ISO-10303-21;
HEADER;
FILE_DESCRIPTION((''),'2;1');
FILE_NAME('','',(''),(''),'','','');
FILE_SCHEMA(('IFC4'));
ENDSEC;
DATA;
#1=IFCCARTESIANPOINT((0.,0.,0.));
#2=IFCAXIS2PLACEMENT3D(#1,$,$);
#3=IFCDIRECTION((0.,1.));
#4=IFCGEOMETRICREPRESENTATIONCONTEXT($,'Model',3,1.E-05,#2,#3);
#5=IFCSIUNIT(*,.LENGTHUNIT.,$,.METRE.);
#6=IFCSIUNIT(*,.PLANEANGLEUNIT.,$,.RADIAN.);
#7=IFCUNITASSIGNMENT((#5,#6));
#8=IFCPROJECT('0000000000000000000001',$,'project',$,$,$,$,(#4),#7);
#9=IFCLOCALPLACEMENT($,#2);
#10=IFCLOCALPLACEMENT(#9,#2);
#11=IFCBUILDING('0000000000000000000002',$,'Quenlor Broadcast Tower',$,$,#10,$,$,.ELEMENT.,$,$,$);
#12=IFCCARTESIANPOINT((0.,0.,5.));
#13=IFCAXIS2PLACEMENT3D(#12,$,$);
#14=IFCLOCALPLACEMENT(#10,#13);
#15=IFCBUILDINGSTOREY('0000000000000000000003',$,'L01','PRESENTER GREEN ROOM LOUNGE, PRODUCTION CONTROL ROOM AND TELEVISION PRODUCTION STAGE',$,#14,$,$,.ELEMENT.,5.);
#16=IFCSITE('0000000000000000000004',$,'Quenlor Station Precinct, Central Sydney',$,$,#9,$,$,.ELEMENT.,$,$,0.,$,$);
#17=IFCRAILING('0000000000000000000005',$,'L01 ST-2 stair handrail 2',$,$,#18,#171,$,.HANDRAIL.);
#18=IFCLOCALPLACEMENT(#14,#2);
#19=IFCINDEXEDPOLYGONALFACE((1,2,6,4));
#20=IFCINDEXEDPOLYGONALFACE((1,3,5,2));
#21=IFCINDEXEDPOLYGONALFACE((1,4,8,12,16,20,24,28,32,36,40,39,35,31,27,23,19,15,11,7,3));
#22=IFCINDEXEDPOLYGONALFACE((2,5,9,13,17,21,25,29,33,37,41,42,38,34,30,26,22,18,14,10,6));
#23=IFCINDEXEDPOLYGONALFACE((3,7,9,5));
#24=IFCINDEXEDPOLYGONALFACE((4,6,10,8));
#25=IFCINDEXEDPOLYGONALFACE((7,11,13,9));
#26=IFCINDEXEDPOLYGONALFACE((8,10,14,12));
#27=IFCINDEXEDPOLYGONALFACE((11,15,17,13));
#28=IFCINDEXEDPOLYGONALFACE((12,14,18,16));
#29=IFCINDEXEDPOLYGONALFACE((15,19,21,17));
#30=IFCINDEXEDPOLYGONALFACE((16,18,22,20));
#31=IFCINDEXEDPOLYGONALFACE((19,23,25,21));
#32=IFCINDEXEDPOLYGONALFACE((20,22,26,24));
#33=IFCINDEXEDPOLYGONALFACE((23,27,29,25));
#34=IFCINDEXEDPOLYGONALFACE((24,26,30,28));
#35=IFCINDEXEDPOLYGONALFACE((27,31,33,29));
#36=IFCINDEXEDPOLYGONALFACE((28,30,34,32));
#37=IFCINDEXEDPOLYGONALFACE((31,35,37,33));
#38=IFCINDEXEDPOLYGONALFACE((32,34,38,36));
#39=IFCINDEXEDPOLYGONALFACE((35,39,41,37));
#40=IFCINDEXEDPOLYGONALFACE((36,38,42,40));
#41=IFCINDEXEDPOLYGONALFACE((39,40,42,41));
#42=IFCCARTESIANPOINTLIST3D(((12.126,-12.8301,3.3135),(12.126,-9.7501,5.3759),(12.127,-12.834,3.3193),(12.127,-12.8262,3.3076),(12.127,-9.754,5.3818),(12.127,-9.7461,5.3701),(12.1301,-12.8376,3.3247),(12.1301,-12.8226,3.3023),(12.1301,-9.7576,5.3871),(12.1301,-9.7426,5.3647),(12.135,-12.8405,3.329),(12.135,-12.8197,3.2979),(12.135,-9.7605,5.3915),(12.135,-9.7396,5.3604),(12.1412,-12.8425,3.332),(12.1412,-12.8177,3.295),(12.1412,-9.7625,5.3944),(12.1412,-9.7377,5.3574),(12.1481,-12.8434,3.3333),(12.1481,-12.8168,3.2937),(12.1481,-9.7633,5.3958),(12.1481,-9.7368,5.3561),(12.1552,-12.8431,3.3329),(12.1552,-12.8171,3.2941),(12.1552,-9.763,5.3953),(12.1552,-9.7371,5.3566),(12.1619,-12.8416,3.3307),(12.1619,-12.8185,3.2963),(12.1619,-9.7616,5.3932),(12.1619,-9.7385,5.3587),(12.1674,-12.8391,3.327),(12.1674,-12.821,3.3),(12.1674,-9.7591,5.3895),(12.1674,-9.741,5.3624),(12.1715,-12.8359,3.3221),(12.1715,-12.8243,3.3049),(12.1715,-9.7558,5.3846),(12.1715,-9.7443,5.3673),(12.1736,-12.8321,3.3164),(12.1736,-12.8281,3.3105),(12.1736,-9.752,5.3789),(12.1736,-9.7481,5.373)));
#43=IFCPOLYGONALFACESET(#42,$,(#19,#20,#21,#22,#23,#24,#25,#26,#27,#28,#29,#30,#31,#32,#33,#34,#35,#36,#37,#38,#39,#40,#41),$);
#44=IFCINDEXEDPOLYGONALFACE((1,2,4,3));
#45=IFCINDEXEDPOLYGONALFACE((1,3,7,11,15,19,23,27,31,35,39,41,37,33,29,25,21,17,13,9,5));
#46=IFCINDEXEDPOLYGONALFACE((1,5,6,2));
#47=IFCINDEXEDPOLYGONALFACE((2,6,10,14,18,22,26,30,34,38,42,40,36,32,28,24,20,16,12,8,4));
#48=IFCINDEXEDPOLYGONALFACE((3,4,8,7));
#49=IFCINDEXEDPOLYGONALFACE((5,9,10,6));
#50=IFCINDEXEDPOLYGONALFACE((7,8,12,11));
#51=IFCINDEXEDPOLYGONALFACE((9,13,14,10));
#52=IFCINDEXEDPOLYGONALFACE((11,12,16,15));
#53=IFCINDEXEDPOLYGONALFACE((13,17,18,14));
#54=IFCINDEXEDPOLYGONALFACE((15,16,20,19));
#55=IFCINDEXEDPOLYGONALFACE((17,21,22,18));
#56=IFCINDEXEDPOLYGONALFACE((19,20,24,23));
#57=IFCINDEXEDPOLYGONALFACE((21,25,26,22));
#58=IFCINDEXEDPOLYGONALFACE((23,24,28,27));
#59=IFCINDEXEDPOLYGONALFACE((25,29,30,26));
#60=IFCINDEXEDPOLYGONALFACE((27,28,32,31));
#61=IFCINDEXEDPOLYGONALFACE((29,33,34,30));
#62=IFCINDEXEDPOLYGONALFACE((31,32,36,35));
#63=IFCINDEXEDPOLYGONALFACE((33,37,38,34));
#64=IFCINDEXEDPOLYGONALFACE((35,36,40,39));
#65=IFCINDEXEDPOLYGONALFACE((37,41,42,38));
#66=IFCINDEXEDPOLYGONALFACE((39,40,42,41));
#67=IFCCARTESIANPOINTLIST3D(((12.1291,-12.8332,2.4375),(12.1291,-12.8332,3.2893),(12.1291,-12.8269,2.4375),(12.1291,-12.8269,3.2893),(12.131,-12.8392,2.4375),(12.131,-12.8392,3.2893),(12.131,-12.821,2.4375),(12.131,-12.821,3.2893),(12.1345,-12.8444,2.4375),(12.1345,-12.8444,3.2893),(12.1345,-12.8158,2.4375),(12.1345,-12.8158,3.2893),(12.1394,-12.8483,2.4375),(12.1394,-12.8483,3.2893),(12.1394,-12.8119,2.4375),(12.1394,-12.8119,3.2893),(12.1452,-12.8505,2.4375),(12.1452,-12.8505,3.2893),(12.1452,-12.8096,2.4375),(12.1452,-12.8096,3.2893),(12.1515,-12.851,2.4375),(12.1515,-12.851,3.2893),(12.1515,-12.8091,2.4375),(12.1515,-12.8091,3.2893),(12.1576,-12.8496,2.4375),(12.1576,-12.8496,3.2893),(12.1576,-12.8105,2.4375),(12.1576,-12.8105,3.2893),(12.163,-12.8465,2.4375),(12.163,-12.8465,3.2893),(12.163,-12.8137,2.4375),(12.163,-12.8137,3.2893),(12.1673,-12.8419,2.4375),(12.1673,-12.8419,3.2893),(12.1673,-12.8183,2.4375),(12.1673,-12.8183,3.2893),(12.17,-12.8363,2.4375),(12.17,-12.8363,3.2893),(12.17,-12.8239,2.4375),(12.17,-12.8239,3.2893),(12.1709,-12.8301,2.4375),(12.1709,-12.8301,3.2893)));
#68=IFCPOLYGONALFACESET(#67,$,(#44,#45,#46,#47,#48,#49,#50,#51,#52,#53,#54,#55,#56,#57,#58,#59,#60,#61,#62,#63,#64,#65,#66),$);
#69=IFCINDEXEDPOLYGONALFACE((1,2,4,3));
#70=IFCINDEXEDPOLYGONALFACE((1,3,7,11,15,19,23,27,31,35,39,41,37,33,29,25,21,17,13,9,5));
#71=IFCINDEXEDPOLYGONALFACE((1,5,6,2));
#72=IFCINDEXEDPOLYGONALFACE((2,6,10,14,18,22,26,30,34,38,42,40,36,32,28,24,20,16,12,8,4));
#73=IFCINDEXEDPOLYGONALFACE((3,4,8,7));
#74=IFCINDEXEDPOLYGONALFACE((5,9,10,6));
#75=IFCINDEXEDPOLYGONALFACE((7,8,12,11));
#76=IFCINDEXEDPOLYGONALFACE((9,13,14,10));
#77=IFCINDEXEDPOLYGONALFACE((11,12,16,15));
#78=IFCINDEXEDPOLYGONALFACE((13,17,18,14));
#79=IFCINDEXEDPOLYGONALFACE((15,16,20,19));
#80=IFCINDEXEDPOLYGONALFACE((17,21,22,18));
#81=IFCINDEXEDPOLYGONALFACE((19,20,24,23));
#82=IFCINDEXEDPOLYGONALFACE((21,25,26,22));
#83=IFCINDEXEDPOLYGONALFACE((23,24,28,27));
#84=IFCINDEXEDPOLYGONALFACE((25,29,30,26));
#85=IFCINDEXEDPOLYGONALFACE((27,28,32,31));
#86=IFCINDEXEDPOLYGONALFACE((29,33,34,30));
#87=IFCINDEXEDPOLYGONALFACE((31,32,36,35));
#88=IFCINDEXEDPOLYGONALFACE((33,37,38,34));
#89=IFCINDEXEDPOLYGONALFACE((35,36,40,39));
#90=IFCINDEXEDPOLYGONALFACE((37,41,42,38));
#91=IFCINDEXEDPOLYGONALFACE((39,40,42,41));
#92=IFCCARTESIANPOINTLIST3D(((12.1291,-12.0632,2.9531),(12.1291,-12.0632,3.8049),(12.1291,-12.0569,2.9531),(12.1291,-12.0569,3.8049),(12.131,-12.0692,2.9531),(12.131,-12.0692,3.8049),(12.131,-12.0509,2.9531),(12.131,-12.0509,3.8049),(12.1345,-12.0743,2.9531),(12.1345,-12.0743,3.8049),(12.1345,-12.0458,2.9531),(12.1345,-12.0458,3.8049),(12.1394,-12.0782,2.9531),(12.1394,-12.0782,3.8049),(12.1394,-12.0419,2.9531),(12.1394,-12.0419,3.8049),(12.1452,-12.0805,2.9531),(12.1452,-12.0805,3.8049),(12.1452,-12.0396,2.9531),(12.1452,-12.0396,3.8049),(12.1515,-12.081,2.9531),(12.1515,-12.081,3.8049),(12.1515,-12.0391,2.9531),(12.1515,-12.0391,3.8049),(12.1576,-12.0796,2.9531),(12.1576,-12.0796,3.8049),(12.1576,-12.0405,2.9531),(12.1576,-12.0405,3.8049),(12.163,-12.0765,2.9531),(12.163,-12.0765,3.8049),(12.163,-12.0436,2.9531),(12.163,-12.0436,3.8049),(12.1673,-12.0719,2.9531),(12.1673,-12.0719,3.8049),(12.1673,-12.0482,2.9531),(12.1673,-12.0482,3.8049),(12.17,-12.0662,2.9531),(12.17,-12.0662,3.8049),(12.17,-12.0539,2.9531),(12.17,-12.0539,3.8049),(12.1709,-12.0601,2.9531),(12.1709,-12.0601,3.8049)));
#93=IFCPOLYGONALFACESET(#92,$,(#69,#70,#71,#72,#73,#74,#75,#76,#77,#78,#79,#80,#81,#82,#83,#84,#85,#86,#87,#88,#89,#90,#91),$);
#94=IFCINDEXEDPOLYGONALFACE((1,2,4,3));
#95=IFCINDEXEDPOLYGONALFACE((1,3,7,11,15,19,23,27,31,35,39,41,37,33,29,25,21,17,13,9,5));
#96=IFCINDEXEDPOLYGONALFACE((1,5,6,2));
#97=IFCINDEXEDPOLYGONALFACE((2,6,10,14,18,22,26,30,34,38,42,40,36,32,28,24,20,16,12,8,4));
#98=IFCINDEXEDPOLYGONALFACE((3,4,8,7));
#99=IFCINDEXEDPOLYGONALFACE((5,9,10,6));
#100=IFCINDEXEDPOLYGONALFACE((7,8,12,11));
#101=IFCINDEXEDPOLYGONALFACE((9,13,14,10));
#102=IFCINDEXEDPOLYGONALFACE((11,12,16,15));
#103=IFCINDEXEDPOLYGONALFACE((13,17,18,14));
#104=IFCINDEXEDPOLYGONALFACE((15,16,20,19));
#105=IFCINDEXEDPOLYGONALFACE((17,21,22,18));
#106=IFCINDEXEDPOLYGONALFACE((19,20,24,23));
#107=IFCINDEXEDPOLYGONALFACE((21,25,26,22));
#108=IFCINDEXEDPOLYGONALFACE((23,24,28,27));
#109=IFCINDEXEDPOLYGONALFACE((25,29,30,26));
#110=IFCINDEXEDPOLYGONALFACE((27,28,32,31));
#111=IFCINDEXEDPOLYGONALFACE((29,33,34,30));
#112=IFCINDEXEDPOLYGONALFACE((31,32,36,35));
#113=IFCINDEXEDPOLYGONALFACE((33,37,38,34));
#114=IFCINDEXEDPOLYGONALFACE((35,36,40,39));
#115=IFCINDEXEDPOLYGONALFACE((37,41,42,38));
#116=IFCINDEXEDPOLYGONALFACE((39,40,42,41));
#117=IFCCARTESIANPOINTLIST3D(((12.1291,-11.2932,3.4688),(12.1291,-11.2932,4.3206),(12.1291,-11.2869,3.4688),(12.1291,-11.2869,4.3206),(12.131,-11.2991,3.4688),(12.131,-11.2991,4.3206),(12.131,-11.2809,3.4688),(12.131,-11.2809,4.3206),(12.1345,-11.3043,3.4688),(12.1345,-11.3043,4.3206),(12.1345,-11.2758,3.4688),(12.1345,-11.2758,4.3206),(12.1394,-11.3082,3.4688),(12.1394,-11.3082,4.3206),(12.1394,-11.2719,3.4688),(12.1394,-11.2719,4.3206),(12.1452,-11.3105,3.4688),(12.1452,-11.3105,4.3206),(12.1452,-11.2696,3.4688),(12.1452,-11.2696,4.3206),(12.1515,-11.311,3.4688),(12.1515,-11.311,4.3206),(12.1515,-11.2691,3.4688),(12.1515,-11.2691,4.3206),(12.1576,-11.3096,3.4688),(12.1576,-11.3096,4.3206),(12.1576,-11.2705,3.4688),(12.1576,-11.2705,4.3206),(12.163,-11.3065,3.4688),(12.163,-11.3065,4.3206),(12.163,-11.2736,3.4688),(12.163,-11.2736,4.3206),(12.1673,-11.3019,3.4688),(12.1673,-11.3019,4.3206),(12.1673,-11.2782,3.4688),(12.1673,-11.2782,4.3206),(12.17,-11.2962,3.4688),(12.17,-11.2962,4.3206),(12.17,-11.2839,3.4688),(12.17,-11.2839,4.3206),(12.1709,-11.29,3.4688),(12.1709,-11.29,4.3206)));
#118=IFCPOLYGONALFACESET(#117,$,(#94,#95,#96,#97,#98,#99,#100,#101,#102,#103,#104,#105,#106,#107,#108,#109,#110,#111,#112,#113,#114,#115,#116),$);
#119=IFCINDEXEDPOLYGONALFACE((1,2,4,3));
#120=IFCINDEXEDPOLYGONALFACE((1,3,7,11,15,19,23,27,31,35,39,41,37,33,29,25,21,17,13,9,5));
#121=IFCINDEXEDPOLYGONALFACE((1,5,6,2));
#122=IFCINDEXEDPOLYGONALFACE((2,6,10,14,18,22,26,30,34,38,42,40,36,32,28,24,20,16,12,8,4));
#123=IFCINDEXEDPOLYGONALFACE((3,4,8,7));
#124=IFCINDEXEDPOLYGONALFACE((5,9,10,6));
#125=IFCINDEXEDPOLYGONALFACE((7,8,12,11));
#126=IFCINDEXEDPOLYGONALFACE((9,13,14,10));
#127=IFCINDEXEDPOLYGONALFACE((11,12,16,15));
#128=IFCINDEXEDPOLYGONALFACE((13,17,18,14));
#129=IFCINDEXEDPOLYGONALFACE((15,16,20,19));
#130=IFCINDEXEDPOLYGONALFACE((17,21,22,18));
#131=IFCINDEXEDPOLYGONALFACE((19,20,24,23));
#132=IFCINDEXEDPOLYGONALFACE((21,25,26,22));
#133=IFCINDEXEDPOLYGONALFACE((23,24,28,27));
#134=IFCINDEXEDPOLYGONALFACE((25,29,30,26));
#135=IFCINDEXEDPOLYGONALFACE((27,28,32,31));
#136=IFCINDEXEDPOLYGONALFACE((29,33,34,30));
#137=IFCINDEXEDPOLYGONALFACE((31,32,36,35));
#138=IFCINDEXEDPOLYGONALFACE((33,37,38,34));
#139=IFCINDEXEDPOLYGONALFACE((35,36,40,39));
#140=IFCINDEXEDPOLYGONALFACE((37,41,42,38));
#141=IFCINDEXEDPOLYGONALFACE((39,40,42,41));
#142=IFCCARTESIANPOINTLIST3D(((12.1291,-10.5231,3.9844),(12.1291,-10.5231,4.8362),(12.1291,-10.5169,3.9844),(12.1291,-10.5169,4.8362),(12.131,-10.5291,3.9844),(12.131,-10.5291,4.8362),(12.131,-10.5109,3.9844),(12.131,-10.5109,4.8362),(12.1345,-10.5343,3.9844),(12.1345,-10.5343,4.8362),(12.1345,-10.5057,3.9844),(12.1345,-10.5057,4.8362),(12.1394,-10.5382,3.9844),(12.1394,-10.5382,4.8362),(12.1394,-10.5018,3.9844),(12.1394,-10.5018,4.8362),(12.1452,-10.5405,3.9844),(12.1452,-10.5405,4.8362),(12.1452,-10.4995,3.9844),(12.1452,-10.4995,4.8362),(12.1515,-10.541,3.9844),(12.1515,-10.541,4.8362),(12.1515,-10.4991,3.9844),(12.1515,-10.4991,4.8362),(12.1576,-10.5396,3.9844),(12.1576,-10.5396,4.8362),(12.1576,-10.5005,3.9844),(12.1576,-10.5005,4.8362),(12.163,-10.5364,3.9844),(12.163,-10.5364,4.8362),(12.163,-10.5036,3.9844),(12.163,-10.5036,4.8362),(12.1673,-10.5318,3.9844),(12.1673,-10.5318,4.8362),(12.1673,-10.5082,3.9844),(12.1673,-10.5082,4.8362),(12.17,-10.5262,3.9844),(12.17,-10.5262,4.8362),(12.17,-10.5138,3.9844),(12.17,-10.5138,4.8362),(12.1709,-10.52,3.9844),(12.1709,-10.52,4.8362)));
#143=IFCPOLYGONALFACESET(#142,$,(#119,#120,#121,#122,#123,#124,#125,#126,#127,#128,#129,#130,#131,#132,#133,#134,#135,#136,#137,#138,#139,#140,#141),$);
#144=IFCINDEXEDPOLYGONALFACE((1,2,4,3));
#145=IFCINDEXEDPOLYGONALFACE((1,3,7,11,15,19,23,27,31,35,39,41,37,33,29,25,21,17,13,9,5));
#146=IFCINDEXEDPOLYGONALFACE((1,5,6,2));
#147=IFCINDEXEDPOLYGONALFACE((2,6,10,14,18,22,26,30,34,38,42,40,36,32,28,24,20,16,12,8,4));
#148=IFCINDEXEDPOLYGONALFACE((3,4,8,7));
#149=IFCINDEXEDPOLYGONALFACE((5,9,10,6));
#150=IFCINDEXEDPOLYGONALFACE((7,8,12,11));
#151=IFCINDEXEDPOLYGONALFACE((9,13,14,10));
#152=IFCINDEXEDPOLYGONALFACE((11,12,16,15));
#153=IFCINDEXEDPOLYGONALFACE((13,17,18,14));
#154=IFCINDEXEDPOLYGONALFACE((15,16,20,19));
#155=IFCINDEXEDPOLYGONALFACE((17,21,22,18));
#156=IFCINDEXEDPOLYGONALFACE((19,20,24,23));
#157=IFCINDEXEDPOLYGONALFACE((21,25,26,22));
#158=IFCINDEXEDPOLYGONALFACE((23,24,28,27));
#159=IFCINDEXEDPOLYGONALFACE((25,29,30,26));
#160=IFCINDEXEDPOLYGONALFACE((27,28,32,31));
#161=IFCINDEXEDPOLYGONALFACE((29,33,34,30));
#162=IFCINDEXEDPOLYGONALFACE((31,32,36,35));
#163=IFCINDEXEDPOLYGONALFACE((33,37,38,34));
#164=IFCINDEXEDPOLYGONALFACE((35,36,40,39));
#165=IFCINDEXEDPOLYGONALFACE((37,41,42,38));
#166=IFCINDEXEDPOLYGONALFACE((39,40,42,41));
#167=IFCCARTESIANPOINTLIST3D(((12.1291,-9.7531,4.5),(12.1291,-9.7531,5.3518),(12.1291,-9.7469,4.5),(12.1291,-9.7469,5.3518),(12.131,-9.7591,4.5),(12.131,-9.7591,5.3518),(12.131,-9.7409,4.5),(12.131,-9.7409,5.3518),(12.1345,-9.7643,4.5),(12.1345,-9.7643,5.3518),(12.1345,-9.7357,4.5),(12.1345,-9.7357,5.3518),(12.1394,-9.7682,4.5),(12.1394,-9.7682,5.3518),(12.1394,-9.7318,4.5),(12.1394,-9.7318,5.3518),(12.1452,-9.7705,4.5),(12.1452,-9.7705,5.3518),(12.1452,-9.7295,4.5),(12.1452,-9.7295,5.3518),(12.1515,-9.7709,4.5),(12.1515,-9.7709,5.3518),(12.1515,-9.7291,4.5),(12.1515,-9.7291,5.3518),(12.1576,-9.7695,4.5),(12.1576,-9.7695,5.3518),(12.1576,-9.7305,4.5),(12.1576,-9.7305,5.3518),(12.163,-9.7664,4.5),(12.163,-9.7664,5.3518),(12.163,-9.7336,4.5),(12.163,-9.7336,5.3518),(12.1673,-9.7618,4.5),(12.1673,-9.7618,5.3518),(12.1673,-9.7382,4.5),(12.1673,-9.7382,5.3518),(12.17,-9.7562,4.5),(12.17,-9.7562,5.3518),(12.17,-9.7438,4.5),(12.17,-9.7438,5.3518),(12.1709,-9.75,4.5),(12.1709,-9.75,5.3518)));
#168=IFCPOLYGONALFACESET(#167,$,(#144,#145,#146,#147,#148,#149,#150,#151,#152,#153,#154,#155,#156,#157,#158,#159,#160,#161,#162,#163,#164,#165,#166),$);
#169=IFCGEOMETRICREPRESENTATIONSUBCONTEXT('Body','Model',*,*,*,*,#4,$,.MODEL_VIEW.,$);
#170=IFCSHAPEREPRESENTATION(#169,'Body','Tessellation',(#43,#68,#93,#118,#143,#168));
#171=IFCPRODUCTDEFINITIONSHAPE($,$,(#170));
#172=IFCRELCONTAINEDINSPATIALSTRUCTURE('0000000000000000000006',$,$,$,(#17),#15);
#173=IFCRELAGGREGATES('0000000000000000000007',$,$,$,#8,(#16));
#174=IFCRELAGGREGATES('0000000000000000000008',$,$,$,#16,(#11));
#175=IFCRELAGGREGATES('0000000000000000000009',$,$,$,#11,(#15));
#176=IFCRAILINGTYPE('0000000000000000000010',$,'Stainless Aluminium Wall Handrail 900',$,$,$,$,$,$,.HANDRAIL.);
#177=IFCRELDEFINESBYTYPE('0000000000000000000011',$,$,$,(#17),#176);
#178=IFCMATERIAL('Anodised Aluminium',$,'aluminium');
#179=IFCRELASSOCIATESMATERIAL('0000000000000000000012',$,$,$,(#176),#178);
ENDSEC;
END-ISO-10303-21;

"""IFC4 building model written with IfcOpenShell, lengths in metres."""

from ifc_helpers import new_model, si_unit, direction, frame, origin, origin_2d, place, context, subcontext, project, spatial, circle, extrude, material, type_object, element, save


model = new_model("IFC4")

# Units and contexts
model_context = context("Model", 3, precision=1e-05, world=origin(), true_north=direction((0.0, 1.0)))
body_context = subcontext(model_context, "Body", "Model", "MODEL_VIEW")
ifc_project = project(units=[si_unit("LENGTHUNIT", "METRE"), si_unit("PLANEANGLEUNIT", "RADIAN")], contexts=[model_context])

# Site, building, storey
site_placement = place(None, origin())
site = spatial("IfcSite", under=ifc_project, at=site_placement, Name="Quenlor Station Precinct, Central Sydney", CompositionType="ELEMENT", RefElevation=0.0)
building_placement = place(site_placement, origin())
building = spatial("IfcBuilding", under=site, at=building_placement, Name="Quenlor Broadcast Tower", CompositionType="ELEMENT")
storey_placement = place(building_placement, frame((0.0, 0.0, 5.0)))
storey = spatial("IfcBuildingStorey", under=building, at=storey_placement, Name="L01", Description="PRESENTER GREEN ROOM LOUNGE, PRODUCTION CONTROL ROOM AND TELEVISION PRODUCTION STAGE", CompositionType="ELEMENT", Elevation=5.0)

# Railing
ifc_material_1 = material(Name="Anodised Aluminium", Category="aluminium")
railing_type_1 = type_object("IfcRailingType", Name="Stainless Aluminium Wall Handrail 900", PredefinedType="HANDRAIL", material=ifc_material_1)
railing_1_placement = place(storey_placement, frame((12.1499, -12.8301, 2.4375)))
element("IfcRailing", 1, at=railing_1_placement, inside=storey, type_object=railing_type_1, Name="L01 ST-2 stair handrail 2", PredefinedType="HANDRAIL", context=body_context, shape_type="SweptSolid", body=[
    extrude(circle(Radius=0.0239, at=origin_2d()), frame((0.0, 0.0, 0.876), z_axis=(0.0, 0.830914, 0.556401), x_axis=(-1.0, 0.0, 0.0)), (0.0, 0.0, 1.0), 3.7068),
    extrude(circle(Radius=0.021, at=origin_2d()), origin(), (0.0, 0.0, 1.0), 0.8518),
    extrude(circle(Radius=0.021, at=origin_2d()), frame((0.0, 0.77, 0.5156)), (0.0, 0.0, 1.0), 0.8518),
    extrude(circle(Radius=0.021, at=origin_2d()), frame((0.0, 1.54, 1.0312)), (0.0, 0.0, 1.0), 0.8518),
    extrude(circle(Radius=0.021, at=origin_2d()), frame((0.0, 2.3101, 1.5469)), (0.0, 0.0, 1.0), 0.8518),
    extrude(circle(Radius=0.021, at=origin_2d()), frame((0.0, 3.0801, 2.0625)), (0.0, 0.0, 1.0), 0.8518),
])

save(model, "model.ifc")
